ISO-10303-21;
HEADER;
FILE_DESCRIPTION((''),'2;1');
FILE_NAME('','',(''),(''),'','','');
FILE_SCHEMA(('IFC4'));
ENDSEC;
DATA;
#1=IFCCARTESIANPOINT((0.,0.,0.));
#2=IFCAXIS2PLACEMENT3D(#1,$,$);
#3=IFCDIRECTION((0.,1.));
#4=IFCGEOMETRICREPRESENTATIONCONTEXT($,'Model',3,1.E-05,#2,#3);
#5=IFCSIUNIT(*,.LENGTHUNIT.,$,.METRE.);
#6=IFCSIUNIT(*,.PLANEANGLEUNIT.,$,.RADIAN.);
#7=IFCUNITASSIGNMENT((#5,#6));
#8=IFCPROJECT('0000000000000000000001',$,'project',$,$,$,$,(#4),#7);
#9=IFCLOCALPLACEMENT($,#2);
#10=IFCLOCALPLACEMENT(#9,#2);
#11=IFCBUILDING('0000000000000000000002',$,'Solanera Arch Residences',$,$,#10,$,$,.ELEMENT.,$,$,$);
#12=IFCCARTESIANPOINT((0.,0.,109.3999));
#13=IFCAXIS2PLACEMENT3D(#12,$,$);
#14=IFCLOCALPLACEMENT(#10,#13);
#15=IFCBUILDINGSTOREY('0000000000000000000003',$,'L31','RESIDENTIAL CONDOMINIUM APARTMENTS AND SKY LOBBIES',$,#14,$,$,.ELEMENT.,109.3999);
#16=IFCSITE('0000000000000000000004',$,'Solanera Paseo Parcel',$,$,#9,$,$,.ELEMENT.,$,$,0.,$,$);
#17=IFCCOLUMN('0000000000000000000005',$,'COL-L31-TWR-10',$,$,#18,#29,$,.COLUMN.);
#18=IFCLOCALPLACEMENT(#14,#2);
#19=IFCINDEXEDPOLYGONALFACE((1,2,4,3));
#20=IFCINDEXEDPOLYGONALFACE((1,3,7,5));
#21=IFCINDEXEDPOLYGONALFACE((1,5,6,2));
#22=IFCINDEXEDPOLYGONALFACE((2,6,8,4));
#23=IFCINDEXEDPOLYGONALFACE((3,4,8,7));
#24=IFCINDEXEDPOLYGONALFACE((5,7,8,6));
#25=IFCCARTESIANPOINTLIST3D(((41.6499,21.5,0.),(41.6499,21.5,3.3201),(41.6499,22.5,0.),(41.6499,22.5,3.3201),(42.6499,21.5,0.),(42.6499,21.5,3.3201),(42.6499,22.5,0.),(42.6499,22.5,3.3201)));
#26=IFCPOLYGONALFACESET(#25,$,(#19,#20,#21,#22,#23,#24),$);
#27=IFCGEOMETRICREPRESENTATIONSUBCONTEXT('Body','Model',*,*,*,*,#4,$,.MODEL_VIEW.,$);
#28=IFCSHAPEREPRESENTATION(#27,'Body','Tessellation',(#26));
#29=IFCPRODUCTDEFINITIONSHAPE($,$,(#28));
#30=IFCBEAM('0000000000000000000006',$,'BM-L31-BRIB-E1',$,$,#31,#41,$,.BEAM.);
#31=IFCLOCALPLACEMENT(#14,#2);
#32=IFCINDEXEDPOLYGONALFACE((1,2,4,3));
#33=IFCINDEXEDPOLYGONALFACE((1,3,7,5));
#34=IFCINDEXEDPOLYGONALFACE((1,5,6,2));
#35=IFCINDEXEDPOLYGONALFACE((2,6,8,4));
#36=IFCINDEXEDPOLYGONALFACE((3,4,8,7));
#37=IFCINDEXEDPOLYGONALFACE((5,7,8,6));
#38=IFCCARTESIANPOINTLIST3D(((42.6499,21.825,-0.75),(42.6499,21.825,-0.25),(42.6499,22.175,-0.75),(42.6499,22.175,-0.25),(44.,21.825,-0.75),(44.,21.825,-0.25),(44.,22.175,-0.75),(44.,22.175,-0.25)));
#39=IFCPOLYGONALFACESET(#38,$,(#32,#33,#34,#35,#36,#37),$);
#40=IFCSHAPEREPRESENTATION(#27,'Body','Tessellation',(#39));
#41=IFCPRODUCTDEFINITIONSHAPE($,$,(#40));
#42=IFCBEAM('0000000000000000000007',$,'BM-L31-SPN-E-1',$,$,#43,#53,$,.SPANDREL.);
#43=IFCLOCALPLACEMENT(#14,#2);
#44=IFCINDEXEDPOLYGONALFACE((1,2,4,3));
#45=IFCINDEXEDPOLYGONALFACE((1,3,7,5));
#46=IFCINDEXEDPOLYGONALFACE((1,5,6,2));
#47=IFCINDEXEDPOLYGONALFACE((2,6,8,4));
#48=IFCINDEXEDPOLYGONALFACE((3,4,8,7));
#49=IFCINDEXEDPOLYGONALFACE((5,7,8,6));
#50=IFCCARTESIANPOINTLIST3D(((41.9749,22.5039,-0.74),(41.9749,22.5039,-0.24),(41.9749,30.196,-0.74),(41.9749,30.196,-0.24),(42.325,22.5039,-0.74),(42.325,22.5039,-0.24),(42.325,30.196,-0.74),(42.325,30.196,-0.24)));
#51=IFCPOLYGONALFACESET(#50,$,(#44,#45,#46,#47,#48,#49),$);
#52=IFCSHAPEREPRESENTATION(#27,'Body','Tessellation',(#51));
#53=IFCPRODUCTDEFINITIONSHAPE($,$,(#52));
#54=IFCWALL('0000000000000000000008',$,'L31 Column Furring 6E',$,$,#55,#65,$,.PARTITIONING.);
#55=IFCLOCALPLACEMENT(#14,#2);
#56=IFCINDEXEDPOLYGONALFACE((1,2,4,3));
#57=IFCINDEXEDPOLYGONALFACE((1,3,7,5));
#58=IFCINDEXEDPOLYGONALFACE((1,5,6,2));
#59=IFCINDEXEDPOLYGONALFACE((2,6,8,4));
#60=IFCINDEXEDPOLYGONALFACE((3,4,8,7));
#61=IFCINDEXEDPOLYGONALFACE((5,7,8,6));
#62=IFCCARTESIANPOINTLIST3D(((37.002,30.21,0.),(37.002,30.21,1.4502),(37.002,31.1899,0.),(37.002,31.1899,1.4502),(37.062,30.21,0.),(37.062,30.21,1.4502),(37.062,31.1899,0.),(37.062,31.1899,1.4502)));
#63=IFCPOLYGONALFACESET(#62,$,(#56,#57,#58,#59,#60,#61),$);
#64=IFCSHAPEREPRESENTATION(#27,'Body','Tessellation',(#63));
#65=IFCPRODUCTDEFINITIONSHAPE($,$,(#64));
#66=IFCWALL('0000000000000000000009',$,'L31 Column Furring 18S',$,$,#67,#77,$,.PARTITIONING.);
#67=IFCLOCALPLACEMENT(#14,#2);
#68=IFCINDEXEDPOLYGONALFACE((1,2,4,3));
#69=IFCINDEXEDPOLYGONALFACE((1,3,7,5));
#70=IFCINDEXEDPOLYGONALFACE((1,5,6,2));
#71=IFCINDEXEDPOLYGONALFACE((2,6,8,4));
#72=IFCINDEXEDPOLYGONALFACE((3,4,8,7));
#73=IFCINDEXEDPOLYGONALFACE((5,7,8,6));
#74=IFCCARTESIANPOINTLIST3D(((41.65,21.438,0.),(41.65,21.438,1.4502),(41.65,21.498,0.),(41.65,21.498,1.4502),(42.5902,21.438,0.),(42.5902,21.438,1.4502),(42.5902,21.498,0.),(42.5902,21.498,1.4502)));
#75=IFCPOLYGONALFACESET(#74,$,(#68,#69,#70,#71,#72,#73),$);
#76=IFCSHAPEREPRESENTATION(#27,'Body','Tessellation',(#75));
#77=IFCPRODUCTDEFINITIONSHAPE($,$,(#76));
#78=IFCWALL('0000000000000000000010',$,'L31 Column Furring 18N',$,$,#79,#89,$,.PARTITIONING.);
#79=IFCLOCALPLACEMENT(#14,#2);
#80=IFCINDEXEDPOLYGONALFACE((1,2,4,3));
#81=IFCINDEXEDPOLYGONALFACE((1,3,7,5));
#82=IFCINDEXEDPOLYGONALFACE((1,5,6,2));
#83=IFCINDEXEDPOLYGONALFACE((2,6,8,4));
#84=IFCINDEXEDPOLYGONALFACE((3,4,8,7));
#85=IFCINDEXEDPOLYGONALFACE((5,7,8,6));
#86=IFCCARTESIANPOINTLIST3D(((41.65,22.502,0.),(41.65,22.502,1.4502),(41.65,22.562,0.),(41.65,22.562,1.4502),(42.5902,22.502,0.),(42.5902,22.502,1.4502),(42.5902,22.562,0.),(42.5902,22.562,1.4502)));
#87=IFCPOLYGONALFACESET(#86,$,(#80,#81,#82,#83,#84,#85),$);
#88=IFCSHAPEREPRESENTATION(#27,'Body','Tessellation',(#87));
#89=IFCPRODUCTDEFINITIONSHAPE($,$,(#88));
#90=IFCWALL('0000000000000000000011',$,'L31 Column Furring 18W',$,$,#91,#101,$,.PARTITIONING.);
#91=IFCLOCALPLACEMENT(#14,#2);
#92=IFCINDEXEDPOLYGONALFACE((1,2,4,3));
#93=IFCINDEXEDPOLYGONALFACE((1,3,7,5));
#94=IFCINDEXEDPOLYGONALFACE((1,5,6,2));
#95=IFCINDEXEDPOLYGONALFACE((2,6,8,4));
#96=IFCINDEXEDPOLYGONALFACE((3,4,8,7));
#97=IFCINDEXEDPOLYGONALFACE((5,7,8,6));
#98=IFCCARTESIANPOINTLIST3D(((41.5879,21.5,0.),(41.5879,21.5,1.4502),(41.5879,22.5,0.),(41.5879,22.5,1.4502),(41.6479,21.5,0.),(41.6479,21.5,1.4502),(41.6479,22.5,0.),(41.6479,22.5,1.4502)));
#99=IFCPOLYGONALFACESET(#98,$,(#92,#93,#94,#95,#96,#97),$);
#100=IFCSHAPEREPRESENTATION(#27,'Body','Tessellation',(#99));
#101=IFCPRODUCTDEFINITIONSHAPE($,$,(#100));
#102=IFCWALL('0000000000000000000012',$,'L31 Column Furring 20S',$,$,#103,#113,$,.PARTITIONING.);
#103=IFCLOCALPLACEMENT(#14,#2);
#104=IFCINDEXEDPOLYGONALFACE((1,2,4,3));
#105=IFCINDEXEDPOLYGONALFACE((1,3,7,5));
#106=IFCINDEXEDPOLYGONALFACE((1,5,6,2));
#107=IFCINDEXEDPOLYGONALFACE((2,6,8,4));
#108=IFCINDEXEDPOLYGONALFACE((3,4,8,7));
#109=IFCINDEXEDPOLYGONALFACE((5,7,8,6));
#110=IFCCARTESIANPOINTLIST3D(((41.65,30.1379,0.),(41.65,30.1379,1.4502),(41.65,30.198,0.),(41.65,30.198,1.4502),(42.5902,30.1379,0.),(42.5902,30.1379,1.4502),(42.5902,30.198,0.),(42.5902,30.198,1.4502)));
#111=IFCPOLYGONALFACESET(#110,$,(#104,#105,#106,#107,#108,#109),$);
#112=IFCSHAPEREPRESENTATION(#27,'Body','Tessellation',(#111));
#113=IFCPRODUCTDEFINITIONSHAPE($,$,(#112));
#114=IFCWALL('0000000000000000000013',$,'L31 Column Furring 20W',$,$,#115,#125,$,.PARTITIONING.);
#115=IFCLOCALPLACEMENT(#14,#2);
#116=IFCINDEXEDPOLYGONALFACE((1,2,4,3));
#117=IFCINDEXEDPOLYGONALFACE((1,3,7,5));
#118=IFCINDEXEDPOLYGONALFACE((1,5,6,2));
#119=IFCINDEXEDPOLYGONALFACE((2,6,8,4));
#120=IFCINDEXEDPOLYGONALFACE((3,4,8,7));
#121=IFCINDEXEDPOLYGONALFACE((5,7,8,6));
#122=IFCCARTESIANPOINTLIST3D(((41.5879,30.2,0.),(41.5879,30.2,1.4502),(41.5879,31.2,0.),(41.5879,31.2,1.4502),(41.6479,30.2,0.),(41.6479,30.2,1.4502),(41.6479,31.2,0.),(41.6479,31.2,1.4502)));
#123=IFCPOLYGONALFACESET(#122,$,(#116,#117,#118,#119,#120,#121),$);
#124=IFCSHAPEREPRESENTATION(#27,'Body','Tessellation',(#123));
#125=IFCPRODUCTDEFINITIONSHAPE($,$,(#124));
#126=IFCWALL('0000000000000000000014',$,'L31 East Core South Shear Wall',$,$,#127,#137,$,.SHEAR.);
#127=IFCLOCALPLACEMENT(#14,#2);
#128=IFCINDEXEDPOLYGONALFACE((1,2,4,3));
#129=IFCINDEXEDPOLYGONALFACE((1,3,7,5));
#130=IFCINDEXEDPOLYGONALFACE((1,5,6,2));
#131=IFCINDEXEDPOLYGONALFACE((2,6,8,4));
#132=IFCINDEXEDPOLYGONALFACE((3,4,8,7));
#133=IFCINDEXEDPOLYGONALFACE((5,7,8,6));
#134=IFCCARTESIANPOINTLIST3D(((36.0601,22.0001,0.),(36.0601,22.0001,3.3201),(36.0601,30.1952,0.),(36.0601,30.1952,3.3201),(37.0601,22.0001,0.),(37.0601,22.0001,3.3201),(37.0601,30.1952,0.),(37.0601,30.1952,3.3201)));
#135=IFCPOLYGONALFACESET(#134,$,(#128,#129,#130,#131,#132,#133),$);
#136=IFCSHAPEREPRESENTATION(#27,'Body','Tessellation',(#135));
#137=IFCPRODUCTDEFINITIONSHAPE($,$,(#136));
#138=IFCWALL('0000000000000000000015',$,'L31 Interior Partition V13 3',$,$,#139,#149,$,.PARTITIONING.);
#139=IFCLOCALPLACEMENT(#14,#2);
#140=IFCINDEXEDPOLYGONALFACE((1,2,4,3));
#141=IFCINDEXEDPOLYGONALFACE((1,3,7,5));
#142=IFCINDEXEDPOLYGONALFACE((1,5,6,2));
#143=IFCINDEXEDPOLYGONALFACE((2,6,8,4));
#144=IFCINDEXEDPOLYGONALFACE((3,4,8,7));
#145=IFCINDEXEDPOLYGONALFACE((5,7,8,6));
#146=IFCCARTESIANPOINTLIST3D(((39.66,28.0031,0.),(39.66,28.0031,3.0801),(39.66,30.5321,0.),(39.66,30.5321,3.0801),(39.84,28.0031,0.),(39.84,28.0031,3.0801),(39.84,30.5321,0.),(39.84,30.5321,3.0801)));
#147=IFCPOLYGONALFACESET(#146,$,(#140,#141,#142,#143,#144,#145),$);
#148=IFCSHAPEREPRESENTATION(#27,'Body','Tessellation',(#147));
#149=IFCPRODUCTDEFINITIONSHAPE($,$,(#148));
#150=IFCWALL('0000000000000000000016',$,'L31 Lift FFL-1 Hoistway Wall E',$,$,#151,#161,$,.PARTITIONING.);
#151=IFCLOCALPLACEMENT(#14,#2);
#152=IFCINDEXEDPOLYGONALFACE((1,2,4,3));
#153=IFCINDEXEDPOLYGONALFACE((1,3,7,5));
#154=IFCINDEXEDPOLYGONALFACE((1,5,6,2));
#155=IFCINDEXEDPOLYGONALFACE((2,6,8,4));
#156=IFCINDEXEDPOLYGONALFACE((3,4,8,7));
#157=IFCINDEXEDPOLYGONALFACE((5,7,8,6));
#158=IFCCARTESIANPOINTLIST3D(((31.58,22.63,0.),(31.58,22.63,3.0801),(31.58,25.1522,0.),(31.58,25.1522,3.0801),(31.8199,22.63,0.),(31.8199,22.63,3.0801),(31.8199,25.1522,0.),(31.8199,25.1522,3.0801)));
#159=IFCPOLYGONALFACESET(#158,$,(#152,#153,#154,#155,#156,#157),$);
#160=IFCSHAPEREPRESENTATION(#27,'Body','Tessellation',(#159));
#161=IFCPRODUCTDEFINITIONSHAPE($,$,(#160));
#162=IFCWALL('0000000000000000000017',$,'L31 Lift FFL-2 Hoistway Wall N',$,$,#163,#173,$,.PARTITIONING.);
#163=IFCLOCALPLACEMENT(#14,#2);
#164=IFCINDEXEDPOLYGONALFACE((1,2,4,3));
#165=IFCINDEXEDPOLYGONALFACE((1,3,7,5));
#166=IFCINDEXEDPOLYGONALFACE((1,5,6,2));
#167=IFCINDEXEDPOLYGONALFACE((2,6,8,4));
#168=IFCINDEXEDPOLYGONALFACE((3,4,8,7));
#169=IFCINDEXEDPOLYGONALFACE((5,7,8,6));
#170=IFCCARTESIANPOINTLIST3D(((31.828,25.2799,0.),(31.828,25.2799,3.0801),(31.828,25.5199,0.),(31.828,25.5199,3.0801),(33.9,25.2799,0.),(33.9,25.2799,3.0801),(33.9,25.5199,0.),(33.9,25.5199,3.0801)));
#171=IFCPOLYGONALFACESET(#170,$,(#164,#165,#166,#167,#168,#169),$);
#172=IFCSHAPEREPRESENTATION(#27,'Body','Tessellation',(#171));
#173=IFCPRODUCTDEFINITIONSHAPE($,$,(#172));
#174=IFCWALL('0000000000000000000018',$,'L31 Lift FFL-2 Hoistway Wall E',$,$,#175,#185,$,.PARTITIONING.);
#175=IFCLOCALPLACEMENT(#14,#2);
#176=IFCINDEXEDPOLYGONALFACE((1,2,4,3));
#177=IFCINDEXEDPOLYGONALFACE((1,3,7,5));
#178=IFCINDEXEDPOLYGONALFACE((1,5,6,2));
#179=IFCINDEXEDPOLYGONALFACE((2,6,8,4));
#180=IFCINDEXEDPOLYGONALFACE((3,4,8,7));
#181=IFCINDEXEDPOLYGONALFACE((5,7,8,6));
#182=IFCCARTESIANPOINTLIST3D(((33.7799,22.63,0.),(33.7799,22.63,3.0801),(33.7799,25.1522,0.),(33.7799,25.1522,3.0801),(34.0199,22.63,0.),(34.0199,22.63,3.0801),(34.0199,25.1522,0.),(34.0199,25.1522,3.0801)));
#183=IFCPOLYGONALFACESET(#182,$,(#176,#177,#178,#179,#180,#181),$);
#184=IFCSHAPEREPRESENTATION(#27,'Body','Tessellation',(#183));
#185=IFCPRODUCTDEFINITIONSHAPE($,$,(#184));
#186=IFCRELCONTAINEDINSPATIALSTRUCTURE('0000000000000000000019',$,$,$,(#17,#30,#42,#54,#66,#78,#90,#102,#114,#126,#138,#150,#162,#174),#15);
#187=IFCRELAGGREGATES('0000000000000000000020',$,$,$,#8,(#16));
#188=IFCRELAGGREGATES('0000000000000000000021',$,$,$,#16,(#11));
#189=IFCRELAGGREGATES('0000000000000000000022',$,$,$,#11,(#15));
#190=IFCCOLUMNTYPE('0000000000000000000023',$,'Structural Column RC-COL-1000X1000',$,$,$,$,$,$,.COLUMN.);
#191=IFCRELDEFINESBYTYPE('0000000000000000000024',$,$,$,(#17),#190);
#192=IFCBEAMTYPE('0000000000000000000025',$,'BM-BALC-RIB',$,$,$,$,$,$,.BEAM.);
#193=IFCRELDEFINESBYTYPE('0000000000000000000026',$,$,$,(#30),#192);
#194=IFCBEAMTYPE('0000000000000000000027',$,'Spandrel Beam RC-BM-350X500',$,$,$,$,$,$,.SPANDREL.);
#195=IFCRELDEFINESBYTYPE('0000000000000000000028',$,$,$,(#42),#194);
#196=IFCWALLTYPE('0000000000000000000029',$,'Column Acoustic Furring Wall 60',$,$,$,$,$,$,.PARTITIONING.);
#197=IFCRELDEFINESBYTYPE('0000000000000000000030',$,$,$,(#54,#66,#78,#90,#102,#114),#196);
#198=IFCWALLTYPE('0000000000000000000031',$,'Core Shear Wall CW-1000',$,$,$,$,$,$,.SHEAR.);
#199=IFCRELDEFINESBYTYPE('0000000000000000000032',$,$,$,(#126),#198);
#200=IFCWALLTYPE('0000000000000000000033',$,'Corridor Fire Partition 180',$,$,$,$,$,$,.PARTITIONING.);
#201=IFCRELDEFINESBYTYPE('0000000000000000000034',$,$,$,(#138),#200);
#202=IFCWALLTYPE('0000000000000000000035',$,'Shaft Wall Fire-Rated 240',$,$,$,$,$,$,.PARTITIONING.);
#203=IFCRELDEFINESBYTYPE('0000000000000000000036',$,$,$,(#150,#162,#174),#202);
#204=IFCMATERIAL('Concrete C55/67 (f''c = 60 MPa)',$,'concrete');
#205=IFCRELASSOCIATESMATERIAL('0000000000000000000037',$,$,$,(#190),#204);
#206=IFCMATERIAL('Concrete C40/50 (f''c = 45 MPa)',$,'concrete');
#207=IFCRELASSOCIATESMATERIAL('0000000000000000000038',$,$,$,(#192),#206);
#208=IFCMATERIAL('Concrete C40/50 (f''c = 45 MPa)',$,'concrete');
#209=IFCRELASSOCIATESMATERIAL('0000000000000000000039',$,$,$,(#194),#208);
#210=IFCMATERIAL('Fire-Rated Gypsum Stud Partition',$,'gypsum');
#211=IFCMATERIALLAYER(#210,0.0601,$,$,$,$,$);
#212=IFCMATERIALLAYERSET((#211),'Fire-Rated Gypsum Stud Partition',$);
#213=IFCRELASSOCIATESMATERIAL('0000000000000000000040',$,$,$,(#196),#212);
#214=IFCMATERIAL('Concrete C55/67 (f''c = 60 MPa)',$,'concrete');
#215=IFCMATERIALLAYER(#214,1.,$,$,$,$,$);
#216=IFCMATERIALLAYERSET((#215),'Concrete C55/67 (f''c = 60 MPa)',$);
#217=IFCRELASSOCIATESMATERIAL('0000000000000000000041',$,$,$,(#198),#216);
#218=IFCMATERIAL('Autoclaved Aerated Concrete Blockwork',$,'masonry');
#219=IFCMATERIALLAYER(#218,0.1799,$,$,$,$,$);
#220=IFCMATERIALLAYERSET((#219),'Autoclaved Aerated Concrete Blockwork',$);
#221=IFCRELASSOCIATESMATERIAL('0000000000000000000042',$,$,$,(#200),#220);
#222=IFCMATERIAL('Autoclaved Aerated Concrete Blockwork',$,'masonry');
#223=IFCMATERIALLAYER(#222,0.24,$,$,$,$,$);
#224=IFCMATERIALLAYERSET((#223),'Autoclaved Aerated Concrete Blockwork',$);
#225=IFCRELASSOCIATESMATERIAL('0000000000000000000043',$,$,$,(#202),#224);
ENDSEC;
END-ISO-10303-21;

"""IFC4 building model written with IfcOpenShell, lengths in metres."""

from ifc_helpers import new_model, si_unit, direction, frame, frame_2d, origin, origin_2d, place, context, subcontext, project, spatial, rectangle, extrude, material, layer, layer_set, material_profile, profile_set, type_object, element, save


model = new_model("IFC4")

# Units and contexts
model_context = context("Model", 3, precision=1e-05, world=origin(), true_north=direction((0.0, 1.0)))
body_context = subcontext(model_context, "Body", "Model", "MODEL_VIEW")
ifc_project = project(units=[si_unit("LENGTHUNIT", "METRE"), si_unit("PLANEANGLEUNIT", "RADIAN")], contexts=[model_context])

# Site, building, storey
site_placement = place(None, origin())
site = spatial("IfcSite", under=ifc_project, at=site_placement, Name="Solanera Paseo Parcel", CompositionType="ELEMENT", RefElevation=0.0)
building_placement = place(site_placement, origin())
building = spatial("IfcBuilding", under=site, at=building_placement, Name="Solanera Arch Residences", CompositionType="ELEMENT")
storey_placement = place(building_placement, frame((0.0, 0.0, 109.3999)))
storey = spatial("IfcBuildingStorey", under=building, at=storey_placement, Name="L31", Description="RESIDENTIAL CONDOMINIUM APARTMENTS AND SKY LOBBIES", CompositionType="ELEMENT", Elevation=109.3999)

# Column
ifc_material_1 = material(Name="Concrete C55/67 (f'c = 60 MPa)", Category="concrete")
ifc_material_profile_1 = material_profile(ifc_material_1, rectangle(XDim=1.0, YDim=1.0, at=origin_2d()))
ifc_profile_set_1 = profile_set([ifc_material_profile_1], Name="Concrete C55/67 (f'c = 60 MPa)")
column_type = type_object("IfcColumnType", Name="Structural Column RC-COL-1000X1000", PredefinedType="COLUMN", material=ifc_profile_set_1)
column_placement = place(storey_placement, frame((42.1499, 22.0, 0.0), z_axis=(0.0, 0.0, 1.0), x_axis=(1.0, 0.0, 0.0)))
element("IfcColumn", 1, at=column_placement, inside=storey, type_object=column_type, Name="COL-L31-TWR-10", PredefinedType="COLUMN", context=body_context, shape_type="SweptSolid", body=[
    extrude(rectangle(XDim=1.0, YDim=1.0, at=origin_2d()), origin(), (0.0, 0.0, 1.0), 3.3201),
])

# Beams
ifc_material_2 = material(Name="Concrete C40/50 (f'c = 45 MPa)", Category="concrete")
ifc_material_profile_2 = material_profile(ifc_material_2, rectangle(XDim=0.3501, YDim=0.5, at=origin_2d()))
ifc_profile_set_2 = profile_set([ifc_material_profile_2], Name="Concrete C40/50 (f'c = 45 MPa)")
beam_type_1 = type_object("IfcBeamType", Name="BM-BALC-RIB", PredefinedType="BEAM", material=ifc_profile_set_2)
beam_1_placement = place(storey_placement, frame((42.6499, 22.0, -0.5), z_axis=(1.0, 0.0, 0.0), x_axis=(0.0, 1.0, 0.0)))
element("IfcBeam", 2, at=beam_1_placement, inside=storey, type_object=beam_type_1, Name="BM-L31-BRIB-E1", PredefinedType="BEAM", context=body_context, shape_type="SweptSolid", body=[
    extrude(rectangle(XDim=0.3501, YDim=0.5, at=origin_2d()), origin(), (0.0, 0.0, 1.0), 1.3501),
])
ifc_material_3 = material(Name="Concrete C40/50 (f'c = 45 MPa)", Category="concrete")
ifc_material_profile_3 = material_profile(ifc_material_3, rectangle(XDim=0.3501, YDim=0.5, at=origin_2d()))
ifc_profile_set_3 = profile_set([ifc_material_profile_3], Name="Concrete C40/50 (f'c = 45 MPa)")
beam_type_2 = type_object("IfcBeamType", Name="Spandrel Beam RC-BM-350X500", PredefinedType="SPANDREL", material=ifc_profile_set_3)
beam_2_placement = place(storey_placement, frame((42.1499, 22.5039, -0.49), z_axis=(0.0, 1.0, 0.0), x_axis=(-1.0, 0.0, 0.0)))
element("IfcBeam", 3, at=beam_2_placement, inside=storey, type_object=beam_type_2, Name="BM-L31-SPN-E-1", PredefinedType="SPANDREL", context=body_context, shape_type="SweptSolid", body=[
    extrude(rectangle(XDim=0.3501, YDim=0.5, at=origin_2d()), origin(), (0.0, 0.0, 1.0), 7.6921),
])

# Walls
ifc_material_4 = material(Name="Fire-Rated Gypsum Stud Partition", Category="gypsum")
ifc_layer_1 = layer(ifc_material_4, 0.0601)
ifc_layer_set_1 = layer_set([ifc_layer_1], Name="Fire-Rated Gypsum Stud Partition")
wall_type_1 = type_object("IfcWallType", Name="Column Acoustic Furring Wall 60", PredefinedType="PARTITIONING", material=ifc_layer_set_1)
wall_1_placement = place(storey_placement, frame((37.032, 30.21, 0.0), z_axis=(0.0, 0.0, 1.0), x_axis=(0.0, 1.0, 0.0)))
element("IfcWall", 4, at=wall_1_placement, inside=storey, type_object=wall_type_1, Name="L31 Column Furring 6E", PredefinedType="PARTITIONING", context=body_context, shape_type="SweptSolid", body=[
    extrude(rectangle(XDim=0.98, YDim=0.0601, at=frame_2d((0.49, 0.0))), origin(), (0.0, 0.0, 1.0), 1.4502),
])
for number, where, z_axis, x_axis, name in (
    (5, (41.6499, 21.468, 0.0), (0.0, 0.0, 1.0), (1.0, 0.0, 0.0), "L31 Column Furring 18S"),
    (6, (41.6499, 22.532, 0.0), (0.0, 0.0, 1.0), (1.0, 0.0, 0.0), "L31 Column Furring 18N"),
):
    element("IfcWall", number, at=place(storey_placement, frame(where, z_axis=z_axis, x_axis=x_axis)), inside=storey, type_object=wall_type_1, Name=name, PredefinedType="PARTITIONING", context=body_context, shape_type="SweptSolid", body=[
        extrude(rectangle(XDim=0.9402, YDim=0.0601, at=frame_2d((0.4702, 0.0))), origin(), (0.0, 0.0, 1.0), 1.4502),
    ])
wall_2_placement = place(storey_placement, frame((41.6179, 21.5, 0.0), z_axis=(0.0, 0.0, 1.0), x_axis=(0.0, 1.0, 0.0)))
element("IfcWall", 7, at=wall_2_placement, inside=storey, type_object=wall_type_1, Name="L31 Column Furring 18W", PredefinedType="PARTITIONING", context=body_context, shape_type="SweptSolid", body=[
    extrude(rectangle(XDim=1.0, YDim=0.0601, at=frame_2d((0.5, 0.0))), origin(), (0.0, 0.0, 1.0), 1.4502),
])
wall_3_placement = place(storey_placement, frame((41.6499, 30.168, 0.0), z_axis=(0.0, 0.0, 1.0), x_axis=(1.0, 0.0, 0.0)))
element("IfcWall", 8, at=wall_3_placement, inside=storey, type_object=wall_type_1, Name="L31 Column Furring 20S", PredefinedType="PARTITIONING", context=body_context, shape_type="SweptSolid", body=[
    extrude(rectangle(XDim=0.9402, YDim=0.0601, at=frame_2d((0.4702, 0.0))), origin(), (0.0, 0.0, 1.0), 1.4502),
])
wall_4_placement = place(storey_placement, frame((41.6179, 30.2, 0.0), z_axis=(0.0, 0.0, 1.0), x_axis=(0.0, 1.0, 0.0)))
element("IfcWall", 9, at=wall_4_placement, inside=storey, type_object=wall_type_1, Name="L31 Column Furring 20W", PredefinedType="PARTITIONING", context=body_context, shape_type="SweptSolid", body=[
    extrude(rectangle(XDim=1.0, YDim=0.0601, at=frame_2d((0.5, 0.0))), origin(), (0.0, 0.0, 1.0), 1.4502),
])
ifc_material_5 = material(Name="Concrete C55/67 (f'c = 60 MPa)", Category="concrete")
ifc_layer_2 = layer(ifc_material_5, 1.0)
ifc_layer_set_2 = layer_set([ifc_layer_2], Name="Concrete C55/67 (f'c = 60 MPa)")
wall_type_2 = type_object("IfcWallType", Name="Core Shear Wall CW-1000", PredefinedType="SHEAR", material=ifc_layer_set_2)
wall_5_placement = place(storey_placement, frame((36.5601, 22.0, 0.0), z_axis=(0.0, 0.0, 1.0), x_axis=(0.0, 1.0, 0.0)))
element("IfcWall", 10, at=wall_5_placement, inside=storey, type_object=wall_type_2, Name="L31 East Core South Shear Wall", PredefinedType="SHEAR", context=body_context, shape_type="SweptSolid", body=[
    extrude(rectangle(XDim=8.1951, YDim=1.0, at=frame_2d((4.0977, 0.0))), origin(), (0.0, 0.0, 1.0), 3.3201),
])

# Shared definitions
ifc_material_6 = material(Name="Autoclaved Aerated Concrete Blockwork", Category="masonry")
ifc_layer_3 = layer(ifc_material_6, 0.1799)
ifc_layer_set_3 = layer_set([ifc_layer_3], Name="Autoclaved Aerated Concrete Blockwork")
wall_type_3 = type_object("IfcWallType", Name="Corridor Fire Partition 180", PredefinedType="PARTITIONING", material=ifc_layer_set_3)

# Walls
wall_6_placement = place(storey_placement, frame((39.75, 28.0029, 0.0), z_axis=(0.0, 0.0, 1.0), x_axis=(0.0, 1.0, 0.0)))
element("IfcWall", 11, at=wall_6_placement, inside=storey, type_object=wall_type_3, Name="L31 Interior Partition V13 3", PredefinedType="PARTITIONING", context=body_context, shape_type="SweptSolid", body=[
    extrude(rectangle(XDim=2.5291, YDim=0.1799, at=frame_2d((1.2646, 0.0))), origin(), (0.0, 0.0, 1.0), 3.0801),
])
ifc_material_7 = material(Name="Autoclaved Aerated Concrete Blockwork", Category="masonry")
ifc_layer_4 = layer(ifc_material_7, 0.24)
ifc_layer_set_4 = layer_set([ifc_layer_4], Name="Autoclaved Aerated Concrete Blockwork")
wall_type_4 = type_object("IfcWallType", Name="Shaft Wall Fire-Rated 240", PredefinedType="PARTITIONING", material=ifc_layer_set_4)
wall_7_placement = place(storey_placement, frame((31.7, 22.6299, 0.0), z_axis=(0.0, 0.0, 1.0), x_axis=(0.0, 1.0, 0.0)))
element("IfcWall", 12, at=wall_7_placement, inside=storey, type_object=wall_type_4, Name="L31 Lift FFL-1 Hoistway Wall E", PredefinedType="PARTITIONING", context=body_context, shape_type="SweptSolid", body=[
    extrude(rectangle(XDim=2.5222, YDim=0.24, at=frame_2d((1.2612, 0.0))), origin(), (0.0, 0.0, 1.0), 3.0801),
])
wall_8_placement = place(storey_placement, frame((31.8279, 25.3999, 0.0), z_axis=(0.0, 0.0, 1.0), x_axis=(1.0, 0.0, 0.0)))
element("IfcWall", 13, at=wall_8_placement, inside=storey, type_object=wall_type_4, Name="L31 Lift FFL-2 Hoistway Wall N", PredefinedType="PARTITIONING", context=body_context, shape_type="SweptSolid", body=[
    extrude(rectangle(XDim=2.072, YDim=0.24, at=frame_2d((1.0361, 0.0))), origin(), (0.0, 0.0, 1.0), 3.0801),
])
wall_9_placement = place(storey_placement, frame((33.8999, 22.6299, 0.0), z_axis=(0.0, 0.0, 1.0), x_axis=(0.0, 1.0, 0.0)))
element("IfcWall", 14, at=wall_9_placement, inside=storey, type_object=wall_type_4, Name="L31 Lift FFL-2 Hoistway Wall E", PredefinedType="PARTITIONING", context=body_context, shape_type="SweptSolid", body=[
    extrude(rectangle(XDim=2.5222, YDim=0.24, at=frame_2d((1.2612, 0.0))), origin(), (0.0, 0.0, 1.0), 3.0801),
])

save(model, "model.ifc")
